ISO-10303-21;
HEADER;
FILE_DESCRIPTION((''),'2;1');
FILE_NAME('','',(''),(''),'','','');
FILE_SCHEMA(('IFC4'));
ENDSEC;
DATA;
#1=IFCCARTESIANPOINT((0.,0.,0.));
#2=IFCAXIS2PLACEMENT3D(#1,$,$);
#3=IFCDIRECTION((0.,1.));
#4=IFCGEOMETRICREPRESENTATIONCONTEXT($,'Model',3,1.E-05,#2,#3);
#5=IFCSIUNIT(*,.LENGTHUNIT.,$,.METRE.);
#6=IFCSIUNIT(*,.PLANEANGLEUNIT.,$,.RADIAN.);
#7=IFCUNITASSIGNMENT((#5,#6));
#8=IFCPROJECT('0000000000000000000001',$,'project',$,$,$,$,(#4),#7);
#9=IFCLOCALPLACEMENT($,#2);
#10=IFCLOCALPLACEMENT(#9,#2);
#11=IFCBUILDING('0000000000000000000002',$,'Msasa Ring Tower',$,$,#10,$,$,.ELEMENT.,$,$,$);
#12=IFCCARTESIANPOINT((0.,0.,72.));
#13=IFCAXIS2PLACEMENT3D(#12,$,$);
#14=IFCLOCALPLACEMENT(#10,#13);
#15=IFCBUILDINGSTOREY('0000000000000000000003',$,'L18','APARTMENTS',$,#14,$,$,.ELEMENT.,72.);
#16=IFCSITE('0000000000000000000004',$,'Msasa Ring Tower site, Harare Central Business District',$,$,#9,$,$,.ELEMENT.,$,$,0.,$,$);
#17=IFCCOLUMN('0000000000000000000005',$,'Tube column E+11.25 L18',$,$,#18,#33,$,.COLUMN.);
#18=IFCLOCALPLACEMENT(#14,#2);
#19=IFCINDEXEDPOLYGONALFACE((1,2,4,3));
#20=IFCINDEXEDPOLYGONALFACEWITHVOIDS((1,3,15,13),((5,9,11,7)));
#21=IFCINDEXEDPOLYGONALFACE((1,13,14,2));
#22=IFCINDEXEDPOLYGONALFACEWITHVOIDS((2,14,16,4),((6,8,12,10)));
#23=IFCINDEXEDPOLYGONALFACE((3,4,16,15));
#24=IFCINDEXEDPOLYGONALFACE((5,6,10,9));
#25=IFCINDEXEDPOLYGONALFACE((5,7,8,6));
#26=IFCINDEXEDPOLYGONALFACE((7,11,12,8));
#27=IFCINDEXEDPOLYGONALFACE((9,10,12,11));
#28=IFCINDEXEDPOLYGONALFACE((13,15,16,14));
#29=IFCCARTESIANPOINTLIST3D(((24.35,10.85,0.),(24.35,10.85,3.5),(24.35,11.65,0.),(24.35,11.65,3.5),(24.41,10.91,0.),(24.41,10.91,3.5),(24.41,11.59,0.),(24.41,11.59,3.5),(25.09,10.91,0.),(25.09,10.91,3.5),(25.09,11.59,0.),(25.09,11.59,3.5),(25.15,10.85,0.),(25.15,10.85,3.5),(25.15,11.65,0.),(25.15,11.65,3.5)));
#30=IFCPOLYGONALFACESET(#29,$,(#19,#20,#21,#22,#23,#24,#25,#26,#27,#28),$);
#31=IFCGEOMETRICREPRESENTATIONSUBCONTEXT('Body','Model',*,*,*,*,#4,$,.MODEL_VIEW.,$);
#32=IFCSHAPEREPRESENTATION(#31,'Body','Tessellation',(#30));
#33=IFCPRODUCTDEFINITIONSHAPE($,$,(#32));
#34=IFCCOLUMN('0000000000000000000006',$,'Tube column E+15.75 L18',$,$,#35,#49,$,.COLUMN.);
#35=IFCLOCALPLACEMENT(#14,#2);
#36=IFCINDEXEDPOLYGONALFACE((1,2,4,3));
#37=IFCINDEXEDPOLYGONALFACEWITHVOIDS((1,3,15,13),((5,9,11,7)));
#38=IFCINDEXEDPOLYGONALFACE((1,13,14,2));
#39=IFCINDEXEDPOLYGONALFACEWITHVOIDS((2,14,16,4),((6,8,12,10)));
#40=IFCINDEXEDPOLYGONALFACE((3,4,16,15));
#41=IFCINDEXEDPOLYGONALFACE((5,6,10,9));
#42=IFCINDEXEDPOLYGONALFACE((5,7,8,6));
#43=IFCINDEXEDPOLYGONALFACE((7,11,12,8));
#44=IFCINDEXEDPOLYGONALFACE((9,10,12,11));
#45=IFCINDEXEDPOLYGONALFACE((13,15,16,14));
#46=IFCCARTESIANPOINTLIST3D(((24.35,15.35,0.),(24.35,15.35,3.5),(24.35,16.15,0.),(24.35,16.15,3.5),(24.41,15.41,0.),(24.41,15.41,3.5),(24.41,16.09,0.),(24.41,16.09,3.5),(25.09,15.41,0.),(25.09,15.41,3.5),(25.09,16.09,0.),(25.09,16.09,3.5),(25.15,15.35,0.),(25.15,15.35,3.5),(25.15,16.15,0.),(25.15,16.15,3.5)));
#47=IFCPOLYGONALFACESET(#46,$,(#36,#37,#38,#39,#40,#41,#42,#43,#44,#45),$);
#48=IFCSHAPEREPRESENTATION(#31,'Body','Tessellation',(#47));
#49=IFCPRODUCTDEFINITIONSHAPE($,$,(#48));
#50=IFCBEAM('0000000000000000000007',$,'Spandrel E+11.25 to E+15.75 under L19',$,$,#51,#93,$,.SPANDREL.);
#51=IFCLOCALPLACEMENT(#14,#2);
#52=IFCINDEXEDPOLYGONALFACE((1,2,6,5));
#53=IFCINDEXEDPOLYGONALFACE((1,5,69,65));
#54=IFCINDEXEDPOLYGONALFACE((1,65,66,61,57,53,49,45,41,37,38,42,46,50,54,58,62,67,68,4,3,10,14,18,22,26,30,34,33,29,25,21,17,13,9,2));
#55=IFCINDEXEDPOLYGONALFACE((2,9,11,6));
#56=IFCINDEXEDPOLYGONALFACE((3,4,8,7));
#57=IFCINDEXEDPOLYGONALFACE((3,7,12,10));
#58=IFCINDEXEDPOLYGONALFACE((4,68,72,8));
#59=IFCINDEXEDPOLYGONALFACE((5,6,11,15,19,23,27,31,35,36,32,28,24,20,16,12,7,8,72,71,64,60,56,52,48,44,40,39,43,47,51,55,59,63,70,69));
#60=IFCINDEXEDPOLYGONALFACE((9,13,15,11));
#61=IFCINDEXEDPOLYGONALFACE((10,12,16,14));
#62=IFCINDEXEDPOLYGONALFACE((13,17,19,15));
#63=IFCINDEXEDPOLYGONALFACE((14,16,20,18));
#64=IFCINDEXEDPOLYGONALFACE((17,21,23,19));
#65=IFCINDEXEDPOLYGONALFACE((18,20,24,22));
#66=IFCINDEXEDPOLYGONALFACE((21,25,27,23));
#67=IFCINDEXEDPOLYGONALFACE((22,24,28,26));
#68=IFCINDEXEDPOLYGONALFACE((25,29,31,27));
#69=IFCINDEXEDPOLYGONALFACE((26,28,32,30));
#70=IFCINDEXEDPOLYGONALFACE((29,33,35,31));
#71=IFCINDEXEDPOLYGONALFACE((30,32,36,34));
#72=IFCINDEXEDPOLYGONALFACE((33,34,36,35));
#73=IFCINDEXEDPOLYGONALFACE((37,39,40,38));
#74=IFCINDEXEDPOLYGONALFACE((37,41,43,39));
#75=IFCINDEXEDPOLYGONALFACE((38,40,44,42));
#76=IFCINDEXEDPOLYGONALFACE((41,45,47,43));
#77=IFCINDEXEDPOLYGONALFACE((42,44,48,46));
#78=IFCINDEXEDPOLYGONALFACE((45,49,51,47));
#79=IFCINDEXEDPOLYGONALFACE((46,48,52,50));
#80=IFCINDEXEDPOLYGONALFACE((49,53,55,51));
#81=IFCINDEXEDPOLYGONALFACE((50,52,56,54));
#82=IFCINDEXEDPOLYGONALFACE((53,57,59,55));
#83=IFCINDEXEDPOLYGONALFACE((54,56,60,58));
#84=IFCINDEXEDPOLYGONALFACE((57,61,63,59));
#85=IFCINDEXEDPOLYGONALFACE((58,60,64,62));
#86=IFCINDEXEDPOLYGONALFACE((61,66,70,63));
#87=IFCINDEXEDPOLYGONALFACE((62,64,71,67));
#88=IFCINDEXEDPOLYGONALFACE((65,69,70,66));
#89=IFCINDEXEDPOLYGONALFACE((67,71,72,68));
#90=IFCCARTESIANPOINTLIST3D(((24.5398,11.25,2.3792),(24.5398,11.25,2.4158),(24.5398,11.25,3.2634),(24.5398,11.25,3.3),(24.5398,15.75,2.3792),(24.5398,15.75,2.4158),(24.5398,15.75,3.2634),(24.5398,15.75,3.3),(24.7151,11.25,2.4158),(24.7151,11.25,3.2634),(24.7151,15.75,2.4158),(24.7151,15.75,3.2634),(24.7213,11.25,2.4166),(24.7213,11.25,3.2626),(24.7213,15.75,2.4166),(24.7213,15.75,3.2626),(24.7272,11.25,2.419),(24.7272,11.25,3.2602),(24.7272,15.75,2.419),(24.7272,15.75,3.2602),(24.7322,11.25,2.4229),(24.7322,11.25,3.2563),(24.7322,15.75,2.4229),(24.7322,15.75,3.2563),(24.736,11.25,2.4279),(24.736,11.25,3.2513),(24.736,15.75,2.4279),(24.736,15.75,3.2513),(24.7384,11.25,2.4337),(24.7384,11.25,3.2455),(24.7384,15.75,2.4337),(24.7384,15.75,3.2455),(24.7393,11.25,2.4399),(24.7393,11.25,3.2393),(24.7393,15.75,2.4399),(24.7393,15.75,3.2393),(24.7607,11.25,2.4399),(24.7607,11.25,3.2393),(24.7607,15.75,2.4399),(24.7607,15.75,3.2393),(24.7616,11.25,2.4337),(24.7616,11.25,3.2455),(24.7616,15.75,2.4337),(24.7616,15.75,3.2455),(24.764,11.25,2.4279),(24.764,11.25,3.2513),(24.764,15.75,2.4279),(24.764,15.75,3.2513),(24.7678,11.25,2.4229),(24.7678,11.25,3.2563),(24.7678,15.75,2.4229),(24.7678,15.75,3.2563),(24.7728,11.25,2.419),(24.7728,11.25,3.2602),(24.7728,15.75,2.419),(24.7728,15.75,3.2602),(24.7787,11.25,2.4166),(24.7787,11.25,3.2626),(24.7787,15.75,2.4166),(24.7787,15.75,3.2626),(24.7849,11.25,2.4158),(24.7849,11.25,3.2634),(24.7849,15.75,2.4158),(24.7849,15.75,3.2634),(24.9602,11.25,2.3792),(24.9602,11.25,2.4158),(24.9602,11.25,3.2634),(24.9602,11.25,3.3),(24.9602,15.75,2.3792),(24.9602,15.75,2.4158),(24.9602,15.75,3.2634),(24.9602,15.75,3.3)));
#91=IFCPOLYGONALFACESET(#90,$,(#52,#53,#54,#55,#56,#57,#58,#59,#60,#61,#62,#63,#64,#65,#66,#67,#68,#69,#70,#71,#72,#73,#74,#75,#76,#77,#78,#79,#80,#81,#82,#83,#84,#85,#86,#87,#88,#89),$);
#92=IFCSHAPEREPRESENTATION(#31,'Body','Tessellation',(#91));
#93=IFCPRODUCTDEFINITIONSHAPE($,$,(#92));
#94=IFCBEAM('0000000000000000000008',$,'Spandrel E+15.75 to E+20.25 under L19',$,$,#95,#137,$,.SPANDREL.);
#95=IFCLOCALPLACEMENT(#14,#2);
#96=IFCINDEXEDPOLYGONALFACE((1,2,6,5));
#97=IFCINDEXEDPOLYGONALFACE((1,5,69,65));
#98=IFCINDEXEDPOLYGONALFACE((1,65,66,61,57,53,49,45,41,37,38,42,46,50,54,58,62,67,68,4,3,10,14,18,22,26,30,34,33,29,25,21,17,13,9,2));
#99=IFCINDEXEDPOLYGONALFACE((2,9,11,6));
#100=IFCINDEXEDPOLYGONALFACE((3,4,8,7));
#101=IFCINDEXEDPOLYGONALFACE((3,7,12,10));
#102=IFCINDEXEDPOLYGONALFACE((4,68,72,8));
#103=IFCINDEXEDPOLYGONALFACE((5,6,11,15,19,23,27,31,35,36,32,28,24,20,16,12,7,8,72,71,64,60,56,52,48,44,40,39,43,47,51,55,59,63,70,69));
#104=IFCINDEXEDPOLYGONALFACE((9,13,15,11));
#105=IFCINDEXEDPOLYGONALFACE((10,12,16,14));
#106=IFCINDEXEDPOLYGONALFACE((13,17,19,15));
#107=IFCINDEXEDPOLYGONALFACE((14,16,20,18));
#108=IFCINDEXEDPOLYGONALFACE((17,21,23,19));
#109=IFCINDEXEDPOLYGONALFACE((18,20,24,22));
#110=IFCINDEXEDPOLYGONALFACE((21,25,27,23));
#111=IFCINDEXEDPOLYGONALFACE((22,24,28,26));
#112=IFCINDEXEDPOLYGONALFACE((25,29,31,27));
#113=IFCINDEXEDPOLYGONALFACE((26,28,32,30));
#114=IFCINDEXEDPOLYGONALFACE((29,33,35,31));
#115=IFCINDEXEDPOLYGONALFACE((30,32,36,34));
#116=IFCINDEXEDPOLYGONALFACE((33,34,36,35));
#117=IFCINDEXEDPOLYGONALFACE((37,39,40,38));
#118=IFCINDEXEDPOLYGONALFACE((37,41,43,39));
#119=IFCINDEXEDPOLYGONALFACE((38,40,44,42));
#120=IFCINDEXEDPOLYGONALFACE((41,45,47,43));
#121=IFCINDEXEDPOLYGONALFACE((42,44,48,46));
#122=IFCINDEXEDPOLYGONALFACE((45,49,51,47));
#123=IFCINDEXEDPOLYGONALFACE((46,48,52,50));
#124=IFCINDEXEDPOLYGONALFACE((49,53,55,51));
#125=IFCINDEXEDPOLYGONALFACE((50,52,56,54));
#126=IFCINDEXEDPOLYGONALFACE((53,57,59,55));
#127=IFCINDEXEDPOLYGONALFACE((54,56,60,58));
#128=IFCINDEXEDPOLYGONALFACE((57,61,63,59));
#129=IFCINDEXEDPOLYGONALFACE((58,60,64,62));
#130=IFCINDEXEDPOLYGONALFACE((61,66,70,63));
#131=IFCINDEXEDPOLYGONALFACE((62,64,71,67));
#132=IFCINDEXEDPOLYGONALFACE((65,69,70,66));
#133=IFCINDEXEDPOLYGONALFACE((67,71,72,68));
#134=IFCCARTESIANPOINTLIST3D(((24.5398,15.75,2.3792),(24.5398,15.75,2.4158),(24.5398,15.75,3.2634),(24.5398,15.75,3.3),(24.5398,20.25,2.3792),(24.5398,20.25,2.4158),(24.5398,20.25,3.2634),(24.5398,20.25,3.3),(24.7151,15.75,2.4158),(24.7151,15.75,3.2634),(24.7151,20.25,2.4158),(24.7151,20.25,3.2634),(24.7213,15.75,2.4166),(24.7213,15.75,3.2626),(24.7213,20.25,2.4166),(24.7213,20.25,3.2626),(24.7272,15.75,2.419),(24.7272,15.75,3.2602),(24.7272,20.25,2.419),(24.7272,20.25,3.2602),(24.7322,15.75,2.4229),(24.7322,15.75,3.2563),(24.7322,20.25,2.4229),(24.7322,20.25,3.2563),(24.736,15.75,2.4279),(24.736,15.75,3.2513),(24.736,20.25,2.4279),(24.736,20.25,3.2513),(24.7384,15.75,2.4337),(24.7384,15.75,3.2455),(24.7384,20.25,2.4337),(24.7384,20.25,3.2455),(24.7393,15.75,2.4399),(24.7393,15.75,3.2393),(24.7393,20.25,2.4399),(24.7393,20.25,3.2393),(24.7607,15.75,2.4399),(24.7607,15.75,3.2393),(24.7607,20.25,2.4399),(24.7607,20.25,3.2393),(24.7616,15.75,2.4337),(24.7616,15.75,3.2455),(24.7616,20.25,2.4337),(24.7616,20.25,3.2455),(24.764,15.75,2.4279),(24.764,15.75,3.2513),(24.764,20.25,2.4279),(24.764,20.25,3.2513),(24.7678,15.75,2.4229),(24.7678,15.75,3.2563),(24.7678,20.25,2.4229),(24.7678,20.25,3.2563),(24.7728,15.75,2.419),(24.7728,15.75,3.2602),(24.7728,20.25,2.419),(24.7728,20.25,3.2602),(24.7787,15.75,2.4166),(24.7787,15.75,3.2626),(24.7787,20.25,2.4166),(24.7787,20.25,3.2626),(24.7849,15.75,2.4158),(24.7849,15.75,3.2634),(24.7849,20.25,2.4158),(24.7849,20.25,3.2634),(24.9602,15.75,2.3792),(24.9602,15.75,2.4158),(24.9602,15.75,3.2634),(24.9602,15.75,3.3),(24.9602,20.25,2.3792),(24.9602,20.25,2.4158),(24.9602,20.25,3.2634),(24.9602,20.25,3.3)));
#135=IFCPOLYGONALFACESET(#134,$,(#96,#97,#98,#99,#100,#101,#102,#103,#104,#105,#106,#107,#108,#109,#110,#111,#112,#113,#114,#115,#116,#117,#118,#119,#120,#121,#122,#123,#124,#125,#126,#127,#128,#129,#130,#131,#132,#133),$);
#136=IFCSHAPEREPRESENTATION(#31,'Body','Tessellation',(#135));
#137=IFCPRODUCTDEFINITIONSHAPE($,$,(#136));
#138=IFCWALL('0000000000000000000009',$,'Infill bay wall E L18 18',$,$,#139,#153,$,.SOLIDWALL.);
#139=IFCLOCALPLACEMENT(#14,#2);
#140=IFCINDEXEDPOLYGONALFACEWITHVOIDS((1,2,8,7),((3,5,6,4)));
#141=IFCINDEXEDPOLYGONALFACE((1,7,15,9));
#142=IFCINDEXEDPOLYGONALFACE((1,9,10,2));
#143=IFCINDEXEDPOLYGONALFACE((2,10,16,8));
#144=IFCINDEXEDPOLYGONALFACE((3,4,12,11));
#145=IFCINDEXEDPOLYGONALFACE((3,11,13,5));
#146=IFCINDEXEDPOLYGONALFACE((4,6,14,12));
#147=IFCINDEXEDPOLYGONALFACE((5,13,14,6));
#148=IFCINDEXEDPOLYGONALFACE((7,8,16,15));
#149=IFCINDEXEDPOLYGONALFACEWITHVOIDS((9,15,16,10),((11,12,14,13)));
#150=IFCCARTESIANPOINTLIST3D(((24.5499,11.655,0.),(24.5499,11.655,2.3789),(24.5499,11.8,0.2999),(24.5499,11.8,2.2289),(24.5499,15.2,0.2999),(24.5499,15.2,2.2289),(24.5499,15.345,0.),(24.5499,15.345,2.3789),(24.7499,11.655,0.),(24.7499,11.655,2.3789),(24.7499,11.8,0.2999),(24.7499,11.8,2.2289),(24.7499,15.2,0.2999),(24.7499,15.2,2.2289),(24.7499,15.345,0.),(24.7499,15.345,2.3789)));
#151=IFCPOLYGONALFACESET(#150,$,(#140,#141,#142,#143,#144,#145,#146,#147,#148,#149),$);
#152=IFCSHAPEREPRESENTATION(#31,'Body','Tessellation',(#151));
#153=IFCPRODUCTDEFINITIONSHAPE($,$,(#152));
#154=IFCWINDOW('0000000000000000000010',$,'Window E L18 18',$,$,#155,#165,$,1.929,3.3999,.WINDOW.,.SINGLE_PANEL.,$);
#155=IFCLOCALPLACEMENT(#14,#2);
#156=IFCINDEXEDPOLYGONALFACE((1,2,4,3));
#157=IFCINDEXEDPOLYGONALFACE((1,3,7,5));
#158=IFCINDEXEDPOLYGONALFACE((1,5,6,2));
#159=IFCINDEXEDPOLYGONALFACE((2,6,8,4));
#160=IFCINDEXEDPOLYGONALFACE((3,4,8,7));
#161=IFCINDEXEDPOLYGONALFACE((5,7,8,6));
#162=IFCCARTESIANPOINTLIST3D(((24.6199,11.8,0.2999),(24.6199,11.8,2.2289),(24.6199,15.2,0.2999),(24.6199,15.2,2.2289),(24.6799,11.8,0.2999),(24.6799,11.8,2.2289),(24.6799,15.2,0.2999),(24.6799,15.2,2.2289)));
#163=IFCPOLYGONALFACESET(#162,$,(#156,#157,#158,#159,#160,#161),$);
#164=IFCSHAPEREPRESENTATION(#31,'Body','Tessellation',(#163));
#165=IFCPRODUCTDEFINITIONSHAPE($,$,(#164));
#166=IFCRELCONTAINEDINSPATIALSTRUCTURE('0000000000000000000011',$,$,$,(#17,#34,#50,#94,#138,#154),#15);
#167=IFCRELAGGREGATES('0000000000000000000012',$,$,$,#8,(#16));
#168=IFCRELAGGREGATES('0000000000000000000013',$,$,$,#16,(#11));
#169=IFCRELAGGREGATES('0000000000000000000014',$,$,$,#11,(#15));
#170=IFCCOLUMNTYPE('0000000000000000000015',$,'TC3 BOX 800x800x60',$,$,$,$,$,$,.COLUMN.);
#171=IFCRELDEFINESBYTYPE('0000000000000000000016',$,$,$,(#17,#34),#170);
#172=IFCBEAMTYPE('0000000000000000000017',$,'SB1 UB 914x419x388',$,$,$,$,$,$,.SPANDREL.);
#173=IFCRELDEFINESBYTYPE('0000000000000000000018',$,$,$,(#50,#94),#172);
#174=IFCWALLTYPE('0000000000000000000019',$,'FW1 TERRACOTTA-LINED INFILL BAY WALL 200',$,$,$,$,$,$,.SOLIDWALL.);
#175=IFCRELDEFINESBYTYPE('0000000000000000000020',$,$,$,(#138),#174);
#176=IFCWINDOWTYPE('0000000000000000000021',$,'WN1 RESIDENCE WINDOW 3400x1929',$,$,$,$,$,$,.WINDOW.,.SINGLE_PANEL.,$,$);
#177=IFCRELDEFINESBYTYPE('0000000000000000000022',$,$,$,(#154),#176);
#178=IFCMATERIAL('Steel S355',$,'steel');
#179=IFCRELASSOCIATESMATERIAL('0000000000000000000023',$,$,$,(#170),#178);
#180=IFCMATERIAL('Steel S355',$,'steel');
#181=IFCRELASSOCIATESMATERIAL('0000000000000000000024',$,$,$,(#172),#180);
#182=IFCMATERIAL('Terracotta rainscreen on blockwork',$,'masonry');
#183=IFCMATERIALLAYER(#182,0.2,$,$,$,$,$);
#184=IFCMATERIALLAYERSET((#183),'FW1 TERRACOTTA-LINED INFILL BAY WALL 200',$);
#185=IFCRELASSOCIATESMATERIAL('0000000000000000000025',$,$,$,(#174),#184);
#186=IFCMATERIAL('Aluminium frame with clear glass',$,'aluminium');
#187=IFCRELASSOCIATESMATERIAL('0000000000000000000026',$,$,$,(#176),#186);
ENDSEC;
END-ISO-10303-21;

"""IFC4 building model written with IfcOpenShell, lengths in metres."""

from ifc_helpers import new_model, si_unit, direction, frame, frame_2d, origin, origin_2d, place, context, subcontext, project, spatial, rectangle, hollow_rectangle, i_section, extrude, material, layer, layer_set, material_profile, profile_set, type_object, element, fill, save


model = new_model("IFC4")

# Units and contexts
model_context = context("Model", 3, precision=1e-05, world=origin(), true_north=direction((0.0, 1.0)))
body_context = subcontext(model_context, "Body", "Model", "MODEL_VIEW")
ifc_project = project(units=[si_unit("LENGTHUNIT", "METRE"), si_unit("PLANEANGLEUNIT", "RADIAN")], contexts=[model_context])

# Site, building, storey
site_placement = place(None, origin())
site = spatial("IfcSite", under=ifc_project, at=site_placement, Name="Msasa Ring Tower site, Harare Central Business District", CompositionType="ELEMENT", RefElevation=0.0)
building_placement = place(site_placement, origin())
building = spatial("IfcBuilding", under=site, at=building_placement, Name="Msasa Ring Tower", CompositionType="ELEMENT")
storey_placement = place(building_placement, frame((0.0, 0.0, 72.0)))
storey = spatial("IfcBuildingStorey", under=building, at=storey_placement, Name="L18", Description="APARTMENTS", CompositionType="ELEMENT", Elevation=72.0)

# Columns
ifc_material_1 = material(Name="Steel S355", Category="steel")
ifc_material_profile_1 = material_profile(ifc_material_1, hollow_rectangle(XDim=0.8, YDim=0.8, WallThickness=0.0601, at=origin_2d()), Name="BOX 800x800x60")
ifc_profile_set_1 = profile_set([ifc_material_profile_1], Name="Steel S355")
column_type = type_object("IfcColumnType", Name="TC3 BOX 800x800x60", PredefinedType="COLUMN", material=ifc_profile_set_1)
for number, where, z_axis, x_axis, name in (
    (1, (24.75, 11.25, 0.0), (0.0, 0.0, 1.0), (1.0, 0.0, 0.0), "Tube column E+11.25 L18"),
    (2, (24.75, 15.75, 0.0), (0.0, 0.0, 1.0), (1.0, 0.0, 0.0), "Tube column E+15.75 L18"),
):
    element("IfcColumn", number, at=place(storey_placement, frame(where, z_axis=z_axis, x_axis=x_axis)), inside=storey, type_object=column_type, Name=name, PredefinedType="COLUMN", context=body_context, shape_type="SweptSolid", body=[
        extrude(hollow_rectangle(XDim=0.8, YDim=0.8, WallThickness=0.0601, at=origin_2d()), origin(), (0.0, 0.0, 1.0), 3.5),
    ])

# Beams
ifc_material_2 = material(Name="Steel S355", Category="steel")
ifc_material_profile_2 = material_profile(ifc_material_2, i_section(OverallWidth=0.4204, OverallDepth=0.9209, WebThickness=0.0215, FlangeThickness=0.0366, FilletRadius=0.0242, at=origin_2d()), Name="UB 914x419x388")
ifc_profile_set_2 = profile_set([ifc_material_profile_2], Name="Steel S355")
beam_type = type_object("IfcBeamType", Name="SB1 UB 914x419x388", PredefinedType="SPANDREL", material=ifc_profile_set_2)
for number, where, z_axis, x_axis, name in (
    (3, (24.75, 11.25, 2.8396), (0.0, 1.0, 0.0), (-1.0, 0.0, 0.0), "Spandrel E+11.25 to E+15.75 under L19"),
    (4, (24.75, 15.75, 2.8396), (0.0, 1.0, 0.0), (-1.0, 0.0, 0.0), "Spandrel E+15.75 to E+20.25 under L19"),
):
    element("IfcBeam", number, at=place(storey_placement, frame(where, z_axis=z_axis, x_axis=x_axis)), inside=storey, type_object=beam_type, Name=name, PredefinedType="SPANDREL", context=body_context, shape_type="SweptSolid", body=[
        extrude(i_section(OverallWidth=0.4204, OverallDepth=0.9209, WebThickness=0.0215, FlangeThickness=0.0366, FilletRadius=0.0242, at=origin_2d()), origin(), (0.0, 0.0, 1.0), 4.5),
    ])

# Wall, opening, window
ifc_material_3 = material(Name="Terracotta rainscreen on blockwork", Category="masonry")
ifc_layer_1 = layer(ifc_material_3, 0.2)
ifc_layer_set_1 = layer_set([ifc_layer_1], Name="FW1 TERRACOTTA-LINED INFILL BAY WALL 200")
wall_type_1 = type_object("IfcWallType", Name="FW1 TERRACOTTA-LINED INFILL BAY WALL 200", PredefinedType="SOLIDWALL", material=ifc_layer_set_1)
wall_1_placement = place(storey_placement, frame((24.6499, 11.655, 0.0), z_axis=(0.0, 0.0, 1.0), x_axis=(0.0, 1.0, 0.0)))
wall_1 = element("IfcWall", 5, at=wall_1_placement, inside=storey, type_object=wall_type_1, Name="Infill bay wall E L18 18", PredefinedType="SOLIDWALL", context=body_context, shape_type="SweptSolid", body=[
    extrude(rectangle(XDim=3.6899, YDim=0.2, at=frame_2d((1.845, 0.0))), origin(), (0.0, 0.0, 1.0), 2.3789),
])
opening_1_placement = place(wall_1_placement, frame((0.145, 0.0, 0.3)))
opening_1 = element("IfcOpeningElement", 6, at=opening_1_placement, cuts=wall_1, PredefinedType="OPENING", context=body_context, shape_type="SweptSolid", body=[
    extrude(rectangle(XDim=3.3999, YDim=1.929, at=frame_2d((1.7, 0.9644))), frame((0.0, 0.1099, 0.0), z_axis=(0.0, -1.0, 0.0), x_axis=(1.0, 0.0, 0.0)), (0.0, 0.0, 1.0), 0.22),
])
ifc_material_4 = material(Name="Aluminium frame with clear glass", Category="aluminium")
window_type = type_object("IfcWindowType", Name="WN1 RESIDENCE WINDOW 3400x1929", PartitioningType="SINGLE_PANEL", PredefinedType="WINDOW", material=ifc_material_4)
window_1_placement = place(opening_1_placement, origin())
window_1 = element("IfcWindow", 7, at=window_1_placement, inside=storey, type_object=window_type, Name="Window E L18 18", OverallHeight=1.929, OverallWidth=3.3999, PartitioningType="SINGLE_PANEL", PredefinedType="WINDOW", context=body_context, shape_type="SweptSolid", body=[
    extrude(rectangle(XDim=3.3999, YDim=1.929, at=frame_2d((1.7, 0.9644))), frame((0.0, 0.03, 0.0), z_axis=(0.0, -1.0, 0.0), x_axis=(1.0, 0.0, 0.0)), (0.0, 0.0, 1.0), 0.0601),
])
fill(opening_1, window_1)

save(model, "model.ifc")
